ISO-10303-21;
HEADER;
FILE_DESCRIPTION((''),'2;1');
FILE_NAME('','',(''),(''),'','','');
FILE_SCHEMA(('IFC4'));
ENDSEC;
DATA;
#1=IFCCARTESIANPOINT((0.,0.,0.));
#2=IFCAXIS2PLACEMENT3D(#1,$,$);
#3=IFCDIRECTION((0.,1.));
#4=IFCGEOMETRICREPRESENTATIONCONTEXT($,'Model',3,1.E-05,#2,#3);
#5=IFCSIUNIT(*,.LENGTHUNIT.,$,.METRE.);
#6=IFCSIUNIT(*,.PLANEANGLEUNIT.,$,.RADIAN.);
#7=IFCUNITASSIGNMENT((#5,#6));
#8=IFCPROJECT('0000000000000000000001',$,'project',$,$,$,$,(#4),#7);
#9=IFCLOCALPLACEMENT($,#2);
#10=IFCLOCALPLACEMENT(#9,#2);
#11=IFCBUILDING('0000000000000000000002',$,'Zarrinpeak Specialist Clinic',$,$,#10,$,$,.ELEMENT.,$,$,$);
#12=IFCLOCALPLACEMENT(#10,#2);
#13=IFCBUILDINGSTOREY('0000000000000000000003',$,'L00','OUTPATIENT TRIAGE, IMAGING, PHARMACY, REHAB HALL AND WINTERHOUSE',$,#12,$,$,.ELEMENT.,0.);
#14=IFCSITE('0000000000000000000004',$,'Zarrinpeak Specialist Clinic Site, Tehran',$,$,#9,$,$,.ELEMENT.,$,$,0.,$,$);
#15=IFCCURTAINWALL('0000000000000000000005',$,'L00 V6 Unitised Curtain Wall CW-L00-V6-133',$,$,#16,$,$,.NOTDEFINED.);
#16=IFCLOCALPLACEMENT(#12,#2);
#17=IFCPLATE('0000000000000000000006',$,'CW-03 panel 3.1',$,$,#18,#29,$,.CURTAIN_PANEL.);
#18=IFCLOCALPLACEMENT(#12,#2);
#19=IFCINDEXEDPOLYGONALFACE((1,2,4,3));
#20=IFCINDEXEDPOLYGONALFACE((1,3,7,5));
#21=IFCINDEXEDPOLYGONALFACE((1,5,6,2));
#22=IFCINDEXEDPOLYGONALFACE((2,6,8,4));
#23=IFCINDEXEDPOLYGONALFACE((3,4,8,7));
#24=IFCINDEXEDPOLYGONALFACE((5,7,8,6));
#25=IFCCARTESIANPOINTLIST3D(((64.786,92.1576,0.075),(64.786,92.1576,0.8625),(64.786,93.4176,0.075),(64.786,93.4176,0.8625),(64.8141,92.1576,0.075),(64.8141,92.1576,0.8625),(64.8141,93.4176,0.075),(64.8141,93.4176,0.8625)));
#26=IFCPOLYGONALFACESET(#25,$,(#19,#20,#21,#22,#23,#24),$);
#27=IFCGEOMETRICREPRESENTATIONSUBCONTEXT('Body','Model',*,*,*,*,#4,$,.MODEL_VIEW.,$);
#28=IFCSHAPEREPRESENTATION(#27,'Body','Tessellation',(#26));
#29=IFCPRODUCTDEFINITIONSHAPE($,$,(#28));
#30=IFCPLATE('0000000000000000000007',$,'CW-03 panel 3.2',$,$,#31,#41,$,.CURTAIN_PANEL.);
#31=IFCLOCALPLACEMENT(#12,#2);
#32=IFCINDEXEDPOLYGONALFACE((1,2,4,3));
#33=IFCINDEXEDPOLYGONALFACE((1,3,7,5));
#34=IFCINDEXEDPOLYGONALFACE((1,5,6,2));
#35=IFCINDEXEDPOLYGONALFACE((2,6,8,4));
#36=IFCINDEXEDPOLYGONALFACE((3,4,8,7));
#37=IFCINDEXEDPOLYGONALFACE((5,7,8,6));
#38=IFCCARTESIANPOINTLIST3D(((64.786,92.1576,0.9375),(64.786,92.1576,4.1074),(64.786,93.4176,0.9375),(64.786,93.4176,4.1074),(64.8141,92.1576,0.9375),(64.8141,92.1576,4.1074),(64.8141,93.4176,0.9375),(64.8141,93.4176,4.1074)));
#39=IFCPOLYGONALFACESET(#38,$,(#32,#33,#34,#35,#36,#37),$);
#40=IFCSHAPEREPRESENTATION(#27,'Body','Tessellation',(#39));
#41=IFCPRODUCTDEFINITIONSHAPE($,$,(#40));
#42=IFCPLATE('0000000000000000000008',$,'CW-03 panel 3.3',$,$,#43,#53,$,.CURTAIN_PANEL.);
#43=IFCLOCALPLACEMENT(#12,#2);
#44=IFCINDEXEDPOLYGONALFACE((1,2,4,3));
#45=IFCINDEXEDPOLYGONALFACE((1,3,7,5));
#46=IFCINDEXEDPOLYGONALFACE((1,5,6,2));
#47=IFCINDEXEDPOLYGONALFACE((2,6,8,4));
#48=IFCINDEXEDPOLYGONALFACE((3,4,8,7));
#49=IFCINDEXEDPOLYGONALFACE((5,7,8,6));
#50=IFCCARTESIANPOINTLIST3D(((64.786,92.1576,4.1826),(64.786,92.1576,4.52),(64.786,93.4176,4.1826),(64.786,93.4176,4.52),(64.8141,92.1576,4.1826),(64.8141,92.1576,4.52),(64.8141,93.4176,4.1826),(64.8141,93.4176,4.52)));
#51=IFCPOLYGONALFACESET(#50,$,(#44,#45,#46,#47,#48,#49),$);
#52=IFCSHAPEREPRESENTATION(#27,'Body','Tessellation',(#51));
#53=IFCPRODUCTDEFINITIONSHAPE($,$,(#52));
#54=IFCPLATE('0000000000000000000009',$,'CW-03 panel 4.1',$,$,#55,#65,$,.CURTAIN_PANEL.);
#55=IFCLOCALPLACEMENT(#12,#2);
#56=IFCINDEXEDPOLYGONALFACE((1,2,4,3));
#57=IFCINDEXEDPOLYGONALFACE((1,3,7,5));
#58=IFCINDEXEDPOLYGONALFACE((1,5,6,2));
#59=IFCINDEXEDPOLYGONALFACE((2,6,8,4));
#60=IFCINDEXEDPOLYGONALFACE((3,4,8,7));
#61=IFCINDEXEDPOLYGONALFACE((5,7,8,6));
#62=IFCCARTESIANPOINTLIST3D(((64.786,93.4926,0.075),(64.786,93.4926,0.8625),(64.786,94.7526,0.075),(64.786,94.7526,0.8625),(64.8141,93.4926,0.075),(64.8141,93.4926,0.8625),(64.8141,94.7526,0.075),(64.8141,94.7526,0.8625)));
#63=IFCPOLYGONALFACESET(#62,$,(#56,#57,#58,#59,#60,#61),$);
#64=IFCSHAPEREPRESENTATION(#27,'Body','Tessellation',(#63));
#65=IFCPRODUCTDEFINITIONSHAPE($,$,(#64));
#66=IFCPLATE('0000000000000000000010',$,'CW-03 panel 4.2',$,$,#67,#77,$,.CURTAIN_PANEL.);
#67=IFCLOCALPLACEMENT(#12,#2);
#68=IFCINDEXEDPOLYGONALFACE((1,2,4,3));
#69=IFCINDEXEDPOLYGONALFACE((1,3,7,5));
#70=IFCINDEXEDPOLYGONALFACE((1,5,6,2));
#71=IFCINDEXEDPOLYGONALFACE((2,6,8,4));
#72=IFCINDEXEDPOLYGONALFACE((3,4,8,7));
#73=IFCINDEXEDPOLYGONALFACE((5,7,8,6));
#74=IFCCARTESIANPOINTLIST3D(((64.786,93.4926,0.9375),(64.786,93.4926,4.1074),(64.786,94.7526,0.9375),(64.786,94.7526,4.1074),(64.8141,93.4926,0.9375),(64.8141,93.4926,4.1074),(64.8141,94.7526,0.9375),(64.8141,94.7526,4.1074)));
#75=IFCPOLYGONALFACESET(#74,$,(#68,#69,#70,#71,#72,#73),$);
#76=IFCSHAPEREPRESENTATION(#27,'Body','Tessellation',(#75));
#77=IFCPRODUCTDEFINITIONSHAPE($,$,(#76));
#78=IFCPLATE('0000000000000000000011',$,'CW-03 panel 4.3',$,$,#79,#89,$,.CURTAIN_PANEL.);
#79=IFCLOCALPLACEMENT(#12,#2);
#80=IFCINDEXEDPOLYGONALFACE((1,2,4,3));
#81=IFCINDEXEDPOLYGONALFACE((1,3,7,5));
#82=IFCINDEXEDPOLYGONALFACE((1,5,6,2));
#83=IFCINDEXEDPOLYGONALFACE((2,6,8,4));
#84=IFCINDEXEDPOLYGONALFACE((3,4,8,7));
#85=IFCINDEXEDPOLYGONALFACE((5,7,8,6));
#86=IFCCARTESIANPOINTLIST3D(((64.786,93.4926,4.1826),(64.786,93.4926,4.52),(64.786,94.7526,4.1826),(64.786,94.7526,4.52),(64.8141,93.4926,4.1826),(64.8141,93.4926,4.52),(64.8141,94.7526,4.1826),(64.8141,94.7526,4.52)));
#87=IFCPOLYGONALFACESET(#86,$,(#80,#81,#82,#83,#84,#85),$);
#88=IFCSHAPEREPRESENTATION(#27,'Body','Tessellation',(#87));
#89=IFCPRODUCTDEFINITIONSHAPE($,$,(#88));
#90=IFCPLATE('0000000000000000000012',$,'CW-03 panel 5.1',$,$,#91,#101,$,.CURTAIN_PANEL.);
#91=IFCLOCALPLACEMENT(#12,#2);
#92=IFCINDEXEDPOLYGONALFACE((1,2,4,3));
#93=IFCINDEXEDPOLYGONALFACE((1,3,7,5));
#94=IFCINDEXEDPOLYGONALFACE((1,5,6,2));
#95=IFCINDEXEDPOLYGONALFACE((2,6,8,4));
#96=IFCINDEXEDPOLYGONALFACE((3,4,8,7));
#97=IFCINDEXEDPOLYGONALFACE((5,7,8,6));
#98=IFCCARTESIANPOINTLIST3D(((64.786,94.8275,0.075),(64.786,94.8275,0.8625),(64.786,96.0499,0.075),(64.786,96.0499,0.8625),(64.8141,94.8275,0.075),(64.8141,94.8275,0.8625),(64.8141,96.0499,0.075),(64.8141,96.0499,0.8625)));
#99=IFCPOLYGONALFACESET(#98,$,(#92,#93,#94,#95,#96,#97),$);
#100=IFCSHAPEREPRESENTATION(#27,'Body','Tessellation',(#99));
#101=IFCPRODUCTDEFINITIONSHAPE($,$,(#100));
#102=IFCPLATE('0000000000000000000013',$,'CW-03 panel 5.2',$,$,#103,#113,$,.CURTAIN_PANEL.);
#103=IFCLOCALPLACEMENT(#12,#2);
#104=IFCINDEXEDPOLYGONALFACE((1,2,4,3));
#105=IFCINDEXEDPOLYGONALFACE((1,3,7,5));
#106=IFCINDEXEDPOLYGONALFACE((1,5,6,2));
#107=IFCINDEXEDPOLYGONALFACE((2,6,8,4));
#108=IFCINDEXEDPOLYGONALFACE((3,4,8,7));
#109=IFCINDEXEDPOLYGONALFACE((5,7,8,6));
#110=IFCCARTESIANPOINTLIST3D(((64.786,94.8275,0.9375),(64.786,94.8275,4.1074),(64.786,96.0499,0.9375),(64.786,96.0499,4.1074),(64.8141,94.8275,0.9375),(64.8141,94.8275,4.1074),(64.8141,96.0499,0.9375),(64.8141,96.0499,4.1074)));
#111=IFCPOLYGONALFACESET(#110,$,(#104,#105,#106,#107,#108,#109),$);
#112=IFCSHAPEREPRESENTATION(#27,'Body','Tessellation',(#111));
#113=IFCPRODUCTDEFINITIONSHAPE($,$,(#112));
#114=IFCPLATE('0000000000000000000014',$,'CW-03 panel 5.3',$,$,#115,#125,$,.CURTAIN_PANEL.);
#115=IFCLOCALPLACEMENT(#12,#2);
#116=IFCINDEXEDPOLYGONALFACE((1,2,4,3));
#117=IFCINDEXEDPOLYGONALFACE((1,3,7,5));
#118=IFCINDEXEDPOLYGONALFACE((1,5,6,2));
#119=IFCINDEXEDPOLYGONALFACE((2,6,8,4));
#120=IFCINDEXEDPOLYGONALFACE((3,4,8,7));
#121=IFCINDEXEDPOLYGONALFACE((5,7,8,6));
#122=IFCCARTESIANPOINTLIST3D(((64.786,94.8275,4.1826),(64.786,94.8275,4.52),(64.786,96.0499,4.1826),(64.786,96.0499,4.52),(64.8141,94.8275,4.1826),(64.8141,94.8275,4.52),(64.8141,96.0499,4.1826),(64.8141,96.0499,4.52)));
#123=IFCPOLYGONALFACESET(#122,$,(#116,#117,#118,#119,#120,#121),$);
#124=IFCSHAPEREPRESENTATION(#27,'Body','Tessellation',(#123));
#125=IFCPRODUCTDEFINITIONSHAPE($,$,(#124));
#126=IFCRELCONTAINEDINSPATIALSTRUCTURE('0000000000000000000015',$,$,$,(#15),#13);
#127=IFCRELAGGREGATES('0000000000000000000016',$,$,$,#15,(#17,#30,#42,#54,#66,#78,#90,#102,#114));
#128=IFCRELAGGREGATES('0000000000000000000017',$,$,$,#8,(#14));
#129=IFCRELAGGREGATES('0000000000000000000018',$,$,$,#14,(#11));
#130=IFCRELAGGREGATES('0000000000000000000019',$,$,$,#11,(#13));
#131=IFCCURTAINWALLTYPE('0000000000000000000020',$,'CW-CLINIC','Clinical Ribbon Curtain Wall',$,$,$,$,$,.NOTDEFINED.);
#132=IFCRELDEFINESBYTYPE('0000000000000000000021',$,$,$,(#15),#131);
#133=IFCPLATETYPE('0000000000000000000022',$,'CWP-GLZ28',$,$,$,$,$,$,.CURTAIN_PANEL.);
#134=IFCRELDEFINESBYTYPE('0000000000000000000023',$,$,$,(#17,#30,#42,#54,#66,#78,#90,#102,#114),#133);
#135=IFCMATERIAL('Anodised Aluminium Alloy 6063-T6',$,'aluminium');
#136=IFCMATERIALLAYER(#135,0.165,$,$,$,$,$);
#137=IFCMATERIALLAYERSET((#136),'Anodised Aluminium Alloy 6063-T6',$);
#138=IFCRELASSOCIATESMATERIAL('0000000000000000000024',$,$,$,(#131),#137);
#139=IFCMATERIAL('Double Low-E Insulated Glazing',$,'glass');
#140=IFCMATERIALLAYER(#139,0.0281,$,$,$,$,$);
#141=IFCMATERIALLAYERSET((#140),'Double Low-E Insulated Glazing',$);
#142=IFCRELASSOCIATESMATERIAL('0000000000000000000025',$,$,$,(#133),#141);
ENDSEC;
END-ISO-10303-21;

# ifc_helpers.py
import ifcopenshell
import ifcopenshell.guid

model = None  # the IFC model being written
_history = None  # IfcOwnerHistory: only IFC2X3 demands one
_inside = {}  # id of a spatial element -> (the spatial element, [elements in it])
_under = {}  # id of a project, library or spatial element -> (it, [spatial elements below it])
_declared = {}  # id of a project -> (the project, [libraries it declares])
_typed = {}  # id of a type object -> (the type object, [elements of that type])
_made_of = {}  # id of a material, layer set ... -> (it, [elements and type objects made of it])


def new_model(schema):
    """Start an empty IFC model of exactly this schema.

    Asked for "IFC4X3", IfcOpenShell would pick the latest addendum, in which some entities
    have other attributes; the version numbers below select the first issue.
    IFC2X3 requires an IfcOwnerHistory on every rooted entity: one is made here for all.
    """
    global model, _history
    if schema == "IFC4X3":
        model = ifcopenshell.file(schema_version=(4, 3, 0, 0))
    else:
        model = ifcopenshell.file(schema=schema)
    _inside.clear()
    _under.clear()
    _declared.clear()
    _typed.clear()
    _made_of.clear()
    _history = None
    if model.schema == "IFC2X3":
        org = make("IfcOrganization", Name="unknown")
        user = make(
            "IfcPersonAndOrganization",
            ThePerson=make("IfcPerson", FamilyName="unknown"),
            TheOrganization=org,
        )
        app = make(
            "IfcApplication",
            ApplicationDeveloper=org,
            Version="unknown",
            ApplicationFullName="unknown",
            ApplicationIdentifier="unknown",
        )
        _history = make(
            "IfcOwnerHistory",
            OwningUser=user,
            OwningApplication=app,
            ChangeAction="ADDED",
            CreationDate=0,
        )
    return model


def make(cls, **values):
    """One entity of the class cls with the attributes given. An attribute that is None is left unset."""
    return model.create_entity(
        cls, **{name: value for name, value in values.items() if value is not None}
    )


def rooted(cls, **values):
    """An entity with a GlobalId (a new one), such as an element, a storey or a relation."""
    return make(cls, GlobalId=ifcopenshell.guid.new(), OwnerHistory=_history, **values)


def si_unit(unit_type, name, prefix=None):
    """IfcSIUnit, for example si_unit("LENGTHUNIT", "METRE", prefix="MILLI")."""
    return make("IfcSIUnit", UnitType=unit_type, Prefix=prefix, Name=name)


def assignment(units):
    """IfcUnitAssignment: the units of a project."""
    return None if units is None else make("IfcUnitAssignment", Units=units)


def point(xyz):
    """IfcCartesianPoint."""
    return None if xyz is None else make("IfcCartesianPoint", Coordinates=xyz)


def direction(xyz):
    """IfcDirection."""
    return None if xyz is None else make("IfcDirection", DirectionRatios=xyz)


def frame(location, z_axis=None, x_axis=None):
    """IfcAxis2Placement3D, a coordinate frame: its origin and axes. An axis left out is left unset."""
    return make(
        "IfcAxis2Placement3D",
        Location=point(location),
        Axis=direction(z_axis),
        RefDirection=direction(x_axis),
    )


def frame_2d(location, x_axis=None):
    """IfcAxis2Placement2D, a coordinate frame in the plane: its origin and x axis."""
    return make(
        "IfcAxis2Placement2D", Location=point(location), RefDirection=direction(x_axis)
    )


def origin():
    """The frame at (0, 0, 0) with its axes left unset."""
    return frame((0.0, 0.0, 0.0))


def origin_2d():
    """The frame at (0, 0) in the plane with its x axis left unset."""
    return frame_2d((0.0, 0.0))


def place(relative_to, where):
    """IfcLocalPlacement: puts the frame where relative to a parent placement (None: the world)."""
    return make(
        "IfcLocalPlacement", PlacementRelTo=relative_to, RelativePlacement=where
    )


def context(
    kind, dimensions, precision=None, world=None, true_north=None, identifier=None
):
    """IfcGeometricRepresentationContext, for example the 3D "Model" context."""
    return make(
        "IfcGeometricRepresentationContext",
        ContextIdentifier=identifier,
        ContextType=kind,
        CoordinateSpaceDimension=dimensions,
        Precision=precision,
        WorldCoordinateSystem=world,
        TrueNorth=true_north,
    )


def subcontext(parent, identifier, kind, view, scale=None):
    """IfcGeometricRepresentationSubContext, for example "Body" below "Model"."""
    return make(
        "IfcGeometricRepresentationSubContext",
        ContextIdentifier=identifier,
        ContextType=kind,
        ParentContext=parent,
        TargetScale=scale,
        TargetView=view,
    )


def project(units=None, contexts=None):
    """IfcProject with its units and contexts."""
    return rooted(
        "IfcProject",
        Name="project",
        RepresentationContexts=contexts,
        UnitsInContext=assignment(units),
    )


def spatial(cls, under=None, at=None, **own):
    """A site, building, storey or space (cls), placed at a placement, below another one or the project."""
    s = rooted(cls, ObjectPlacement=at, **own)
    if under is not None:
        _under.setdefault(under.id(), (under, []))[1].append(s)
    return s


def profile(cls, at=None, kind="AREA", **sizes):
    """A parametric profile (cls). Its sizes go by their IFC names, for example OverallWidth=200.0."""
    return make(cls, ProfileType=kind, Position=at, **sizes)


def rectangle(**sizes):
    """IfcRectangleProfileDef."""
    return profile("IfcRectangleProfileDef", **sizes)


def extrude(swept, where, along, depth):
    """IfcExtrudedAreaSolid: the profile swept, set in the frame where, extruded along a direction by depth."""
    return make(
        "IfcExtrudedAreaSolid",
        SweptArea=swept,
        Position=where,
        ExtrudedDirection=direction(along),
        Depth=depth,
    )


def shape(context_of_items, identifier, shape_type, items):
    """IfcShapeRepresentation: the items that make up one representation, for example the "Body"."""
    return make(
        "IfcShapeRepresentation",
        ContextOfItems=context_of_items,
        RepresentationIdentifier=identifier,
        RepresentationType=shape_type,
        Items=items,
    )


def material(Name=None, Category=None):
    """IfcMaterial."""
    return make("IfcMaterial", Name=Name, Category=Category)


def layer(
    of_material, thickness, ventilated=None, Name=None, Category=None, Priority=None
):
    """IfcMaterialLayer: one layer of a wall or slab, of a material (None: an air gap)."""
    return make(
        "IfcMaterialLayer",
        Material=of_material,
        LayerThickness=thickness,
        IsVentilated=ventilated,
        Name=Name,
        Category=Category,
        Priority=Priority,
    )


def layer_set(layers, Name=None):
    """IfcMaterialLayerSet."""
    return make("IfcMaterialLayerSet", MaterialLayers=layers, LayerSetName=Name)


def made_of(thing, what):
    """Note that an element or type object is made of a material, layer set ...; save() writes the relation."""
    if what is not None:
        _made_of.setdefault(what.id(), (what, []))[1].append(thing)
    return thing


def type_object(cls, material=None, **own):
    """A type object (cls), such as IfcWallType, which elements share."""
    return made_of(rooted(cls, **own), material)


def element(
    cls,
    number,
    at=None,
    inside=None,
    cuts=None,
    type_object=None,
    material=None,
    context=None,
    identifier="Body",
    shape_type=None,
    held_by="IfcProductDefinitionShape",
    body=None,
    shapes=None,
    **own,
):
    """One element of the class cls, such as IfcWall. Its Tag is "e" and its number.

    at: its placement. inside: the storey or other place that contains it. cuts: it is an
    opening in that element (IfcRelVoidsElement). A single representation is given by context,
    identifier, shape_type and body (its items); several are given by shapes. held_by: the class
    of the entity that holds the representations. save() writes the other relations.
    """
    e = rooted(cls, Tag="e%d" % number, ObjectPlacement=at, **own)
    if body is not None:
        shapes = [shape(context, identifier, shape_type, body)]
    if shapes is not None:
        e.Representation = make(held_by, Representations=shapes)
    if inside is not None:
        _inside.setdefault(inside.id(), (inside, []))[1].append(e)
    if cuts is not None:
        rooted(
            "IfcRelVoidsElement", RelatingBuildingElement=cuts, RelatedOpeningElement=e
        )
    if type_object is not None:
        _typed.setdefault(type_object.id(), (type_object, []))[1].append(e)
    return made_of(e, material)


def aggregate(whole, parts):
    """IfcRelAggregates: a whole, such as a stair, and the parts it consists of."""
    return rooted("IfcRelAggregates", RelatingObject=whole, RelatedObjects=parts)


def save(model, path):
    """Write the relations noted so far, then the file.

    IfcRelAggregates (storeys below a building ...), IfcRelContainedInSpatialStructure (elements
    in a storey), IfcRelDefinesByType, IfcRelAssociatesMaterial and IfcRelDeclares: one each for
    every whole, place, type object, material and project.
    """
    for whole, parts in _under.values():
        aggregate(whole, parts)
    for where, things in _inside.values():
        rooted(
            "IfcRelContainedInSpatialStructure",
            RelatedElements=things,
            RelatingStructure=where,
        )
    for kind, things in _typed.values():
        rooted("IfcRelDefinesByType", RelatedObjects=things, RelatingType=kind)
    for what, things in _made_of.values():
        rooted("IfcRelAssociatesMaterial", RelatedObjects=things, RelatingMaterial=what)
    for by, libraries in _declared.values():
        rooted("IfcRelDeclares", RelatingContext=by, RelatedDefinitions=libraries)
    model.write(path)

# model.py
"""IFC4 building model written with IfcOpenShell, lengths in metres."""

from ifc_helpers import new_model, si_unit, direction, frame, origin, origin_2d, place, context, subcontext, project, spatial, rectangle, extrude, material, layer, layer_set, type_object, element, aggregate, save


model = new_model("IFC4")

# Units and contexts
model_context = context("Model", 3, precision=1e-05, world=origin(), true_north=direction((0.0, 1.0)))
body_context = subcontext(model_context, "Body", "Model", "MODEL_VIEW")
ifc_project = project(units=[si_unit("LENGTHUNIT", "METRE"), si_unit("PLANEANGLEUNIT", "RADIAN")], contexts=[model_context])

# Site, building, storey
site_placement = place(None, origin())
site = spatial("IfcSite", under=ifc_project, at=site_placement, Name="Zarrinpeak Specialist Clinic Site, Tehran", CompositionType="ELEMENT", RefElevation=0.0)
building_placement = place(site_placement, origin())
building = spatial("IfcBuilding", under=site, at=building_placement, Name="Zarrinpeak Specialist Clinic", CompositionType="ELEMENT")
storey_placement = place(building_placement, origin())
storey = spatial("IfcBuildingStorey", under=building, at=storey_placement, Name="L00", Description="OUTPATIENT TRIAGE, IMAGING, PHARMACY, REHAB HALL AND WINTERHOUSE", CompositionType="ELEMENT", Elevation=0.0)

# Curtain wall, plates
ifc_material_1 = material(Name="Anodised Aluminium Alloy 6063-T6", Category="aluminium")
ifc_layer_1 = layer(ifc_material_1, 0.165)
ifc_layer_set_1 = layer_set([ifc_layer_1], Name="Anodised Aluminium Alloy 6063-T6")
curtain_wall_type = type_object("IfcCurtainWallType", Name="CW-CLINIC", Description="Clinical Ribbon Curtain Wall", PredefinedType="NOTDEFINED", material=ifc_layer_set_1)
curtain_wall_placement = place(storey_placement, origin())
curtain_wall = element("IfcCurtainWall", 1, at=curtain_wall_placement, inside=storey, type_object=curtain_wall_type, Name="L00 V6 Unitised Curtain Wall CW-L00-V6-133", PredefinedType="NOTDEFINED")
ifc_material_2 = material(Name="Double Low-E Insulated Glazing", Category="glass")
ifc_layer_2 = layer(ifc_material_2, 0.0281)
ifc_layer_set_2 = layer_set([ifc_layer_2], Name="Double Low-E Insulated Glazing")
plate_type = type_object("IfcPlateType", Name="CWP-GLZ28", PredefinedType="CURTAIN_PANEL", material=ifc_layer_set_2)
plate_1_placement = place(storey_placement, frame((64.8, 92.7876, 0.075), z_axis=(0.0, 0.0, 1.0), x_axis=(0.0, 1.0, 0.0)))
plate_1 = element("IfcPlate", 2, at=plate_1_placement, type_object=plate_type, Name="CW-03 panel 3.1", PredefinedType="CURTAIN_PANEL", context=body_context, shape_type="SweptSolid", body=[
    extrude(rectangle(XDim=1.26, YDim=0.0281, at=origin_2d()), origin(), (0.0, 0.0, 1.0), 0.7876),
])
plate_2_placement = place(storey_placement, frame((64.8, 92.7876, 0.9375), z_axis=(0.0, 0.0, 1.0), x_axis=(0.0, 1.0, 0.0)))
plate_2 = element("IfcPlate", 3, at=plate_2_placement, type_object=plate_type, Name="CW-03 panel 3.2", PredefinedType="CURTAIN_PANEL", context=body_context, shape_type="SweptSolid", body=[
    extrude(rectangle(XDim=1.26, YDim=0.0281, at=origin_2d()), origin(), (0.0, 0.0, 1.0), 3.1699),
])
plate_3_placement = place(storey_placement, frame((64.8, 92.7876, 4.1826), z_axis=(0.0, 0.0, 1.0), x_axis=(0.0, 1.0, 0.0)))
plate_3 = element("IfcPlate", 4, at=plate_3_placement, type_object=plate_type, Name="CW-03 panel 3.3", PredefinedType="CURTAIN_PANEL", context=body_context, shape_type="SweptSolid", body=[
    extrude(rectangle(XDim=1.26, YDim=0.0281, at=origin_2d()), origin(), (0.0, 0.0, 1.0), 0.3374),
])
plate_4_placement = place(storey_placement, frame((64.8, 94.1226, 0.075), z_axis=(0.0, 0.0, 1.0), x_axis=(0.0, 1.0, 0.0)))
plate_4 = element("IfcPlate", 5, at=plate_4_placement, type_object=plate_type, Name="CW-03 panel 4.1", PredefinedType="CURTAIN_PANEL", context=body_context, shape_type="SweptSolid", body=[
    extrude(rectangle(XDim=1.26, YDim=0.0281, at=origin_2d()), origin(), (0.0, 0.0, 1.0), 0.7876),
])
plate_5_placement = place(storey_placement, frame((64.8, 94.1226, 0.9375), z_axis=(0.0, 0.0, 1.0), x_axis=(0.0, 1.0, 0.0)))
plate_5 = element("IfcPlate", 6, at=plate_5_placement, type_object=plate_type, Name="CW-03 panel 4.2", PredefinedType="CURTAIN_PANEL", context=body_context, shape_type="SweptSolid", body=[
    extrude(rectangle(XDim=1.26, YDim=0.0281, at=origin_2d()), origin(), (0.0, 0.0, 1.0), 3.1699),
])
plate_6_placement = place(storey_placement, frame((64.8, 94.1226, 4.1826), z_axis=(0.0, 0.0, 1.0), x_axis=(0.0, 1.0, 0.0)))
plate_6 = element("IfcPlate", 7, at=plate_6_placement, type_object=plate_type, Name="CW-03 panel 4.3", PredefinedType="CURTAIN_PANEL", context=body_context, shape_type="SweptSolid", body=[
    extrude(rectangle(XDim=1.26, YDim=0.0281, at=origin_2d()), origin(), (0.0, 0.0, 1.0), 0.3374),
])
plate_7_placement = place(storey_placement, frame((64.8, 95.4387, 0.075), z_axis=(0.0, 0.0, 1.0), x_axis=(0.0, 1.0, 0.0)))
plate_7 = element("IfcPlate", 8, at=plate_7_placement, type_object=plate_type, Name="CW-03 panel 5.1", PredefinedType="CURTAIN_PANEL", context=body_context, shape_type="SweptSolid", body=[
    extrude(rectangle(XDim=1.2224, YDim=0.0281, at=origin_2d()), origin(), (0.0, 0.0, 1.0), 0.7876),
])
plate_8_placement = place(storey_placement, frame((64.8, 95.4387, 0.9375), z_axis=(0.0, 0.0, 1.0), x_axis=(0.0, 1.0, 0.0)))
plate_8 = element("IfcPlate", 9, at=plate_8_placement, type_object=plate_type, Name="CW-03 panel 5.2", PredefinedType="CURTAIN_PANEL", context=body_context, shape_type="SweptSolid", body=[
    extrude(rectangle(XDim=1.2224, YDim=0.0281, at=origin_2d()), origin(), (0.0, 0.0, 1.0), 3.1699),
])
plate_9_placement = place(storey_placement, frame((64.8, 95.4387, 4.1826), z_axis=(0.0, 0.0, 1.0), x_axis=(0.0, 1.0, 0.0)))
plate_9 = element("IfcPlate", 10, at=plate_9_placement, type_object=plate_type, Name="CW-03 panel 5.3", PredefinedType="CURTAIN_PANEL", context=body_context, shape_type="SweptSolid", body=[
    extrude(rectangle(XDim=1.2224, YDim=0.0281, at=origin_2d()), origin(), (0.0, 0.0, 1.0), 0.3374),
])
aggregate(curtain_wall, [plate_1, plate_2, plate_3, plate_4, plate_5, plate_6, plate_7, plate_8, plate_9])

save(model, "model.ifc")
